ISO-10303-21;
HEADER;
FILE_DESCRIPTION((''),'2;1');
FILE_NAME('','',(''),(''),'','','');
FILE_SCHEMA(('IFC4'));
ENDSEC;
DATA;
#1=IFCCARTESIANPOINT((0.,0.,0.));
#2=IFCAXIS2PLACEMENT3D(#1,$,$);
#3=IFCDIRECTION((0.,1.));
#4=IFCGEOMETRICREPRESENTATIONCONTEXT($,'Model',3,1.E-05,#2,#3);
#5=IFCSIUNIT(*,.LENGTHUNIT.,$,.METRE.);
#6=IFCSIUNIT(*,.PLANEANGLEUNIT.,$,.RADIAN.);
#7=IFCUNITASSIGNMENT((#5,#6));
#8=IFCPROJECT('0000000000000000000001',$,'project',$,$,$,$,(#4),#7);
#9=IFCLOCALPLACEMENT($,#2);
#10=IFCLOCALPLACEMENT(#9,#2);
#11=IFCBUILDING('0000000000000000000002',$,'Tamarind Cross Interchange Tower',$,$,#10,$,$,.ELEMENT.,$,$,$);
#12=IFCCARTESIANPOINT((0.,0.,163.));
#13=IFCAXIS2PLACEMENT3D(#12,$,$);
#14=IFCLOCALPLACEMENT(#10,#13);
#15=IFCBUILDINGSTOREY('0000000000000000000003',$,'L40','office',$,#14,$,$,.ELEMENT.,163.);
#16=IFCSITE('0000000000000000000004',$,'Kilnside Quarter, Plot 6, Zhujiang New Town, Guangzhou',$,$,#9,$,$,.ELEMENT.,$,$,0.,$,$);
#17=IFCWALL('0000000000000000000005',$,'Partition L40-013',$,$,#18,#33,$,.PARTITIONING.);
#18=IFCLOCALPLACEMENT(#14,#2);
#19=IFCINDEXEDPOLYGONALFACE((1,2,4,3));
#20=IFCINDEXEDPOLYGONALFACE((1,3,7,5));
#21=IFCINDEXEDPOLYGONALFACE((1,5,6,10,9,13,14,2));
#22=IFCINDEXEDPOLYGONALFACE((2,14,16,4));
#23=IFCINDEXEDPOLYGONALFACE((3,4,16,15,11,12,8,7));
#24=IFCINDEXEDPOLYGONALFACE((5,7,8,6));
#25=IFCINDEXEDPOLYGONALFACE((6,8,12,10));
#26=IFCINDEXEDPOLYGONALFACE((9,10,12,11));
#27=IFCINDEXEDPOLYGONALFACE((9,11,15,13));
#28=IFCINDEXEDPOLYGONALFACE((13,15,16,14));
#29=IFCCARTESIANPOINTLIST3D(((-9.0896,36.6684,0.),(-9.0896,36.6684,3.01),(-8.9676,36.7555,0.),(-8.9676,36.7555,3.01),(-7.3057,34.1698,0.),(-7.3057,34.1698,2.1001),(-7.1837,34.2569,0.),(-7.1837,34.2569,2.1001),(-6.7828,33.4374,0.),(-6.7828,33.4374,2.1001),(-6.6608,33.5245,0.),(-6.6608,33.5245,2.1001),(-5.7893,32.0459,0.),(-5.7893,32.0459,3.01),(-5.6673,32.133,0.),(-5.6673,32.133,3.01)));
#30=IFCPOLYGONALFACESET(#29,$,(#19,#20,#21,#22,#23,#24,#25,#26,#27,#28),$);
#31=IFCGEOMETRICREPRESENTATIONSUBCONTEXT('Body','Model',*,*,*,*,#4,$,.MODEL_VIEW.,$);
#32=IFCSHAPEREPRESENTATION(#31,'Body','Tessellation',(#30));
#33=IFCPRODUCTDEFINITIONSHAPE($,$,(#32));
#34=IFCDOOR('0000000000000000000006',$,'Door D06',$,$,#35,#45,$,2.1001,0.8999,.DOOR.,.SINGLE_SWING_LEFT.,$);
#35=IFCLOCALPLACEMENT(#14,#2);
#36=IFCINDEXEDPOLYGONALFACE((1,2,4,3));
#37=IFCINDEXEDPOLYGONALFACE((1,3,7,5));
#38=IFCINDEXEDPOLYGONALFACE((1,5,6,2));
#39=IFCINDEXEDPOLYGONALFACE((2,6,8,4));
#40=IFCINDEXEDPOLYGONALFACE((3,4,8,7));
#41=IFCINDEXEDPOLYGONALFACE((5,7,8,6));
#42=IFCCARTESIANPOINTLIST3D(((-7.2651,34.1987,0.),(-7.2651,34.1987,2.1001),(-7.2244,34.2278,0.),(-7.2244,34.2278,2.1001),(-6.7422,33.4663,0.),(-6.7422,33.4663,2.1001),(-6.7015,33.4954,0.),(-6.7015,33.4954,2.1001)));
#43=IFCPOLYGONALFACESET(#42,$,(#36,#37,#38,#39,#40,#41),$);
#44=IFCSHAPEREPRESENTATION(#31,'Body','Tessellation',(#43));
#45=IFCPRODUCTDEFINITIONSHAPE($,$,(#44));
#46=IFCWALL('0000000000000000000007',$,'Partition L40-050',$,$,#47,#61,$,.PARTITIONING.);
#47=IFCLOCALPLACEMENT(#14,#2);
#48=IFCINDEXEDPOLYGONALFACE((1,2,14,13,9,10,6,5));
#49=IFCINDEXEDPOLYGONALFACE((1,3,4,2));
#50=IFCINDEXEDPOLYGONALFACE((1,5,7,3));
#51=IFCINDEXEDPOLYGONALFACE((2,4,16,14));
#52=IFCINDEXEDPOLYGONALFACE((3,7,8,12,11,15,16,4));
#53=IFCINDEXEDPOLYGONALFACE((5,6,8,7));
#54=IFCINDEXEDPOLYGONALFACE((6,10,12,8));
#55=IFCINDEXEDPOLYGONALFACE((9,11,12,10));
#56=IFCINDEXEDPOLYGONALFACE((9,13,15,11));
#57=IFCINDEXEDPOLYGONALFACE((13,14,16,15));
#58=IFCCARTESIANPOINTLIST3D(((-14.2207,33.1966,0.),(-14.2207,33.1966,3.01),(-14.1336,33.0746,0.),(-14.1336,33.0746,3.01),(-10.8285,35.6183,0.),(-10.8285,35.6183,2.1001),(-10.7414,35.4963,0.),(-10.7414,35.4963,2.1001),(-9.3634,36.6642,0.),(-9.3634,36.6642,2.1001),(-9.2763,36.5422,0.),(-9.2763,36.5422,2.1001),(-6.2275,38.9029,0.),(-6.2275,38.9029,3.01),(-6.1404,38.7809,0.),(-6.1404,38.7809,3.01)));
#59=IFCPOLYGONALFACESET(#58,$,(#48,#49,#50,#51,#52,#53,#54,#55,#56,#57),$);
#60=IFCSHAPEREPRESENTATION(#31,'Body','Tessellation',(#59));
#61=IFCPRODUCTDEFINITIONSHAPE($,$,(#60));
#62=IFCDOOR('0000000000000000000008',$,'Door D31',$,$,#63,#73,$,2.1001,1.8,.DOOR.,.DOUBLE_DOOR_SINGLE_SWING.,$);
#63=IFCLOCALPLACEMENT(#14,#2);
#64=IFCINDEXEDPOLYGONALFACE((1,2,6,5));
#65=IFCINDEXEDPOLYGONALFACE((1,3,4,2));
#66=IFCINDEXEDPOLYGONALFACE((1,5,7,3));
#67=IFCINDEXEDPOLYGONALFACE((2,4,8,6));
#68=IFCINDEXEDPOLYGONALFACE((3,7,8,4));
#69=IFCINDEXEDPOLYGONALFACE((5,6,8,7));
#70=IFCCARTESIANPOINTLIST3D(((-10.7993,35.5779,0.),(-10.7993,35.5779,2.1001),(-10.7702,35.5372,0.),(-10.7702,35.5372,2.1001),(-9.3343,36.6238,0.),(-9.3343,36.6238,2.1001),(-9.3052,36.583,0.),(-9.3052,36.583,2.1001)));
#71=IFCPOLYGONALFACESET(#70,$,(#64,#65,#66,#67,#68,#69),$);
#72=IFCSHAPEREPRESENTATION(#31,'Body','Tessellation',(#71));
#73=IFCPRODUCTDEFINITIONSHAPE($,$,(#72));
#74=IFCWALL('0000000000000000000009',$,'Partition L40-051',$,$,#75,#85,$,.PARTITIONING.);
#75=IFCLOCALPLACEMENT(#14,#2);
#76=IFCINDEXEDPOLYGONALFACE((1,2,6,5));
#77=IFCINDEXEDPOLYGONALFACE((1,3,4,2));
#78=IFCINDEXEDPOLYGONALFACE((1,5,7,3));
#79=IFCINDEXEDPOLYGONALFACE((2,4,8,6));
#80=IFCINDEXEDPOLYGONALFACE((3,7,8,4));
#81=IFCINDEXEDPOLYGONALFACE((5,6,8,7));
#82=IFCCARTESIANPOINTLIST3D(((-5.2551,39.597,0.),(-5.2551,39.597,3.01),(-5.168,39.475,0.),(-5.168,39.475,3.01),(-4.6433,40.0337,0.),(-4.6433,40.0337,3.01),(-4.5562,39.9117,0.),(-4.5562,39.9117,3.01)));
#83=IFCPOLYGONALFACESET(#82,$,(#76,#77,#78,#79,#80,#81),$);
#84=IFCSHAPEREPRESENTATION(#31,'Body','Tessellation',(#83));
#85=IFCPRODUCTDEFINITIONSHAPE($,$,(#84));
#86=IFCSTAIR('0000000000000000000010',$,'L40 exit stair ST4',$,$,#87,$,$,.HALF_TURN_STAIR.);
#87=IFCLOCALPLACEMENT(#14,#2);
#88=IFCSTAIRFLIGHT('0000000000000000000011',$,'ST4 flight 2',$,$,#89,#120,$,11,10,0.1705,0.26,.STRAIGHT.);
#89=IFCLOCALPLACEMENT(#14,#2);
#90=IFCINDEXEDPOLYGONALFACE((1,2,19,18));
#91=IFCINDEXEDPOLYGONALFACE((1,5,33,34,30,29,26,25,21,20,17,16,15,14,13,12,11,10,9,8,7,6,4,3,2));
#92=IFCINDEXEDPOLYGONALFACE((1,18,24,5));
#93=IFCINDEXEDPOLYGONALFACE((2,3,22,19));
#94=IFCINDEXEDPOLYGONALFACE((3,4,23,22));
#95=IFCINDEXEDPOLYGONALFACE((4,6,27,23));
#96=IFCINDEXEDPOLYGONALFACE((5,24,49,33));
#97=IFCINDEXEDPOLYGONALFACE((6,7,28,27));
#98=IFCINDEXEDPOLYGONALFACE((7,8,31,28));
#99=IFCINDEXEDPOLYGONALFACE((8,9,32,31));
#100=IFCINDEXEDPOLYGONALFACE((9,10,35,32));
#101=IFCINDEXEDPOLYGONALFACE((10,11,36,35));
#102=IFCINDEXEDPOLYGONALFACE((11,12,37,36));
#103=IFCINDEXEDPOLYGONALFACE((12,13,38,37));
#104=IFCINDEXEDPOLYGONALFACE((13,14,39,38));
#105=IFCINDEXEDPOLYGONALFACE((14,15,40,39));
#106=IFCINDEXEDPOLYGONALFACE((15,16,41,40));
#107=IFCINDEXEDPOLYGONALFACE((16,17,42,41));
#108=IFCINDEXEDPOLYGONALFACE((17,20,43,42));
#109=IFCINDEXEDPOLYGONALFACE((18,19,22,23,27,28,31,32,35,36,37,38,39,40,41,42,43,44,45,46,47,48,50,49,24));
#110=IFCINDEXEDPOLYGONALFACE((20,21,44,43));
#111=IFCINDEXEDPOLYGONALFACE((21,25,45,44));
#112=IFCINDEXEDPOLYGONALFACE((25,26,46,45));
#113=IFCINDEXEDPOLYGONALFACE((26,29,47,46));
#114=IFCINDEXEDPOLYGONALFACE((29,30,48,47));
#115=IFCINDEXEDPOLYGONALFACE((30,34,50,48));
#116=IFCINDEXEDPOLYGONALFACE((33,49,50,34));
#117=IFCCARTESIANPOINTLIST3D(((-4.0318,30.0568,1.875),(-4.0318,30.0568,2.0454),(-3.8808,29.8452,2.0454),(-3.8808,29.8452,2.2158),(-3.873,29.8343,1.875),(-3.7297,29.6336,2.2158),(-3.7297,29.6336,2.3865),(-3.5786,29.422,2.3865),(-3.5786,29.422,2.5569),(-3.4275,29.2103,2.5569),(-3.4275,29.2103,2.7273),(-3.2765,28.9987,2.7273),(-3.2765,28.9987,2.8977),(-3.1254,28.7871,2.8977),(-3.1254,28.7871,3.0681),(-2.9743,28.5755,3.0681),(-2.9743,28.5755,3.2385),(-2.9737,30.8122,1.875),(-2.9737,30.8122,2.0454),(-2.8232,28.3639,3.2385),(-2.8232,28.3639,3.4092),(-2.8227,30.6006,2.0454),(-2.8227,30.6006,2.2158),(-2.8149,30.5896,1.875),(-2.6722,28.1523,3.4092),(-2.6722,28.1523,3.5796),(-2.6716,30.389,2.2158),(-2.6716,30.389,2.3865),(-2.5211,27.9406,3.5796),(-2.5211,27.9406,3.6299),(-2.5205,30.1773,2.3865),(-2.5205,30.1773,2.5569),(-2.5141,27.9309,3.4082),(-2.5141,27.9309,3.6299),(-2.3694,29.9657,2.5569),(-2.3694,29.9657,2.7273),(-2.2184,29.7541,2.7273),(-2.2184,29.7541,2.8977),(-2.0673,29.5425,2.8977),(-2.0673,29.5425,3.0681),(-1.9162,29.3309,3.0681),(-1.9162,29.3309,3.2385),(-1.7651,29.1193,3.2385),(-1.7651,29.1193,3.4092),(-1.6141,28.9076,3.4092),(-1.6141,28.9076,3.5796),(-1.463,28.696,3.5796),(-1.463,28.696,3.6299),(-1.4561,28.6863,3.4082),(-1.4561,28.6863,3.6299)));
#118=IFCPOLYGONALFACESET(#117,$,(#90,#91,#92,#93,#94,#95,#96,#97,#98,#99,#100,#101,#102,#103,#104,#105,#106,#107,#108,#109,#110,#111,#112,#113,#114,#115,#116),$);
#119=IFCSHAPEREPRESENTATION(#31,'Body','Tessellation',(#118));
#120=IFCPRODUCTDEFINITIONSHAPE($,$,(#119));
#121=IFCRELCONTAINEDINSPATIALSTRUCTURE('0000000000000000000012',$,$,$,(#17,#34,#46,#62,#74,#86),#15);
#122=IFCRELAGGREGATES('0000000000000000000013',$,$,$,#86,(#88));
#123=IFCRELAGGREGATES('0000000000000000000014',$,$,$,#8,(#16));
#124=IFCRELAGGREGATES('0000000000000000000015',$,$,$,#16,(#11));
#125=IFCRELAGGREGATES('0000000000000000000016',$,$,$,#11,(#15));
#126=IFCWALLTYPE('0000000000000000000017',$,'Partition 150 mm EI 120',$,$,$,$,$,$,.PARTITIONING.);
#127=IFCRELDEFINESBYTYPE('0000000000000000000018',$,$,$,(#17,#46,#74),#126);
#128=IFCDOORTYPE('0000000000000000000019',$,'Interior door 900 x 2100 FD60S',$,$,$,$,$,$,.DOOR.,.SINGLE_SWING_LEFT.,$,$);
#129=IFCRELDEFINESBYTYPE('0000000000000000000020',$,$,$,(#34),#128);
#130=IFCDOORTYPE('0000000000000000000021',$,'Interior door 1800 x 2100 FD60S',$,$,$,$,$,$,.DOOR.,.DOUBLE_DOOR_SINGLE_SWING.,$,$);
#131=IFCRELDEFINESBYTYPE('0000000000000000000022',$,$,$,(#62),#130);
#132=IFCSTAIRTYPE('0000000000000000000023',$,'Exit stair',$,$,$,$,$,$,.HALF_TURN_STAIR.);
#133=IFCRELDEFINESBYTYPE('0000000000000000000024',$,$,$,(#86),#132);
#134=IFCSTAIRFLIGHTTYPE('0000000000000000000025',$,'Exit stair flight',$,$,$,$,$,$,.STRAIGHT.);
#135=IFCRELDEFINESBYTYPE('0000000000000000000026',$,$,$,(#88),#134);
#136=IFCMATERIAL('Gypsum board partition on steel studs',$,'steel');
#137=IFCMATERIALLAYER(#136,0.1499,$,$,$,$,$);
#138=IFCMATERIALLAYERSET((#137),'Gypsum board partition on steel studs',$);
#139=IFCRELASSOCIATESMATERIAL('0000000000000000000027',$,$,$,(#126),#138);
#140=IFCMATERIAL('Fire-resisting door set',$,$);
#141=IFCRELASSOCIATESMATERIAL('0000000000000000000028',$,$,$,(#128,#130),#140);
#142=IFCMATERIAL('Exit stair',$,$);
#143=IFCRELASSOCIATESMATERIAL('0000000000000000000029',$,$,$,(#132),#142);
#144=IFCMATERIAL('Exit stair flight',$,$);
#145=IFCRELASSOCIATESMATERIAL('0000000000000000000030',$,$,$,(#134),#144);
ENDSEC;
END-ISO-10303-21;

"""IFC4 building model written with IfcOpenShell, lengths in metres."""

from ifc_helpers import new_model, si_unit, direction, frame, frame_2d, origin, place, context, subcontext, project, spatial, polyline, rectangle, outline, extrude, material, layer, layer_set, type_object, element, fill, aggregate, save


model = new_model("IFC4")

# Units and contexts
model_context = context("Model", 3, precision=1e-05, world=origin(), true_north=direction((0.0, 1.0)))
body_context = subcontext(model_context, "Body", "Model", "MODEL_VIEW")
ifc_project = project(units=[si_unit("LENGTHUNIT", "METRE"), si_unit("PLANEANGLEUNIT", "RADIAN")], contexts=[model_context])

# Site, building, storey
site_placement = place(None, origin())
site = spatial("IfcSite", under=ifc_project, at=site_placement, Name="Kilnside Quarter, Plot 6, Zhujiang New Town, Guangzhou", CompositionType="ELEMENT", RefElevation=0.0)
building_placement = place(site_placement, origin())
building = spatial("IfcBuilding", under=site, at=building_placement, Name="Tamarind Cross Interchange Tower", CompositionType="ELEMENT")
storey_placement = place(building_placement, frame((0.0, 0.0, 163.0)))
storey = spatial("IfcBuildingStorey", under=building, at=storey_placement, Name="L40", Description="office", CompositionType="ELEMENT", Elevation=163.0)

# Shared definitions
ifc_material_1 = material(Name="Gypsum board partition on steel studs", Category="steel")

# Shared definitions
ifc_layer_1 = layer(ifc_material_1, 0.1499)
ifc_layer_set_1 = layer_set([ifc_layer_1], Name="Gypsum board partition on steel studs")
wall_type_1 = type_object("IfcWallType", Name="Partition 150 mm EI 120", PredefinedType="PARTITIONING", material=ifc_layer_set_1)
ifc_material_2 = material(Name="Fire-resisting door set")
door_type_1 = type_object("IfcDoorType", Name="Interior door 900 x 2100 FD60S", OperationType="SINGLE_SWING_LEFT", PredefinedType="DOOR", material=ifc_material_2)

# Walls, openings, doors
wall_1_placement = place(storey_placement, frame((-9.0286, 36.7119, 0.0), z_axis=(0.0, 0.0, 1.0), x_axis=(0.581059, -0.813861, 0.0)))
wall_1 = element("IfcWall", 1, at=wall_1_placement, inside=storey, type_object=wall_type_1, Name="Partition L40-013", PredefinedType="PARTITIONING", context=body_context, shape_type="SweptSolid", body=[
    extrude(rectangle(XDim=5.6797, YDim=0.1499, at=frame_2d((2.8398, 0.0))), origin(), (0.0, 0.0, 1.0), 3.01),
])
opening_1_placement = place(wall_1_placement, frame((3.0701, 0.0, 0.0)))
opening_1 = element("IfcOpeningElement", 2, at=opening_1_placement, cuts=wall_1, PredefinedType="OPENING", context=body_context, shape_type="SweptSolid", body=[
    extrude(rectangle(XDim=0.8999, YDim=2.1001, at=frame_2d((0.45, 1.05))), frame((0.0, 0.085, 0.0), z_axis=(0.0, -1.0, 0.0), x_axis=(1.0, 0.0, 0.0)), (0.0, 0.0, 1.0), 0.1699),
])
door_1_placement = place(opening_1_placement, origin())
door_1 = element("IfcDoor", 3, at=door_1_placement, inside=storey, type_object=door_type_1, Name="Door D06", OperationType="SINGLE_SWING_LEFT", OverallHeight=2.1001, OverallWidth=0.8999, PredefinedType="DOOR", context=body_context, shape_type="SweptSolid", body=[
    extrude(rectangle(XDim=0.8999, YDim=2.1001, at=frame_2d((0.45, 1.05))), frame((0.0, 0.0249, 0.0), z_axis=(0.0, -1.0, 0.0), x_axis=(1.0, 0.0, 0.0)), (0.0, 0.0, 1.0), 0.05),
])
fill(opening_1, door_1)
wall_2_placement = place(storey_placement, frame((-14.1772, 33.1355, 0.0), z_axis=(0.0, 0.0, 1.0), x_axis=(0.813883, 0.581029, 0.0)))
wall_2 = element("IfcWall", 4, at=wall_2_placement, inside=storey, type_object=wall_type_1, Name="Partition L40-050", PredefinedType="PARTITIONING", context=body_context, shape_type="SweptSolid", body=[
    extrude(rectangle(XDim=9.821, YDim=0.1499, at=frame_2d((4.9106, 0.0))), origin(), (0.0, 0.0, 1.0), 3.01),
])
opening_2_placement = place(wall_2_placement, frame((4.1682, 0.0, 0.0)))
opening_2 = element("IfcOpeningElement", 5, at=opening_2_placement, cuts=wall_2, PredefinedType="OPENING", context=body_context, shape_type="SweptSolid", body=[
    extrude(rectangle(XDim=1.8, YDim=2.1001, at=frame_2d((0.8999, 1.05))), frame((0.0, 0.085, 0.0), z_axis=(0.0, -1.0, 0.0), x_axis=(1.0, 0.0, 0.0)), (0.0, 0.0, 1.0), 0.1699),
])
door_type_2 = type_object("IfcDoorType", Name="Interior door 1800 x 2100 FD60S", OperationType="DOUBLE_DOOR_SINGLE_SWING", PredefinedType="DOOR", material=ifc_material_2)
door_2_placement = place(opening_2_placement, frame((1.8, 0.0, 0.0), z_axis=(0.0, 0.0, 1.0), x_axis=(-1.0, 0.0, 0.0)))
door_2 = element("IfcDoor", 6, at=door_2_placement, inside=storey, type_object=door_type_2, Name="Door D31", OperationType="DOUBLE_DOOR_SINGLE_SWING", OverallHeight=2.1001, OverallWidth=1.8, PredefinedType="DOOR", context=body_context, shape_type="SweptSolid", body=[
    extrude(rectangle(XDim=1.8, YDim=2.1001, at=frame_2d((0.8999, 1.05))), frame((0.0, 0.0249, 0.0), z_axis=(0.0, -1.0, 0.0), x_axis=(1.0, 0.0, 0.0)), (0.0, 0.0, 1.0), 0.05),
])
fill(opening_2, door_2)

# Wall
wall_3_placement = place(storey_placement, frame((-5.2117, 39.5359, 0.0), z_axis=(0.0, 0.0, 1.0), x_axis=(0.813887, 0.581023, 0.0)))
element("IfcWall", 7, at=wall_3_placement, inside=storey, type_object=wall_type_1, Name="Partition L40-051", PredefinedType="PARTITIONING", context=body_context, shape_type="SweptSolid", body=[
    extrude(rectangle(XDim=0.7517, YDim=0.1499, at=frame_2d((0.376, 0.0))), origin(), (0.0, 0.0, 1.0), 3.01),
])

# Stair, stair flight
ifc_material_3 = material(Name="Exit stair")
stair_type = type_object("IfcStairType", Name="Exit stair", PredefinedType="HALF_TURN_STAIR", material=ifc_material_3)
stair_placement = place(storey_placement, origin())
stair = element("IfcStair", 8, at=stair_placement, inside=storey, type_object=stair_type, Name="L40 exit stair ST4", PredefinedType="HALF_TURN_STAIR")
ifc_material_4 = material(Name="Exit stair flight")
stair_flight_type = type_object("IfcStairFlightType", Name="Exit stair flight", PredefinedType="STRAIGHT", material=ifc_material_4)
stair_flight_placement = place(storey_placement, frame((-3.5027, 30.4346, 1.875), z_axis=(0.0, 0.0, 1.0), x_axis=(0.581033, -0.81388, 0.0)))
stair_flight = element("IfcStairFlight", 9, at=stair_flight_placement, type_object=stair_flight_type, Name="ST4 flight 2", NumberOfRisers=11, NumberOfTreads=10, PredefinedType="STRAIGHT", RiserHeight=0.1705, TreadLength=0.26, context=body_context, shape_type="SweptSolid", body=[
    extrude(outline(polyline([(0.0, 0.0), (0.0, 0.1704), (0.26, 0.1704), (0.26, 0.3408), (0.52, 0.3408), (0.52, 0.5115), (0.78, 0.5115), (0.78, 0.6819), (1.04, 0.6819), (1.04, 0.8523), (1.3, 0.8523), (1.3, 1.0227), (1.5601, 1.0227), (1.5601, 1.1931), (1.8201, 1.1931), (1.8201, 1.3635), (2.0801, 1.3635), (2.0801, 1.5342), (2.3401, 1.5342), (2.3401, 1.7046), (2.6001, 1.7046), (2.6001, 1.7549), (2.6121, 1.7549), (2.6121, 1.5332), (0.2734, 0.0), (0.0, 0.0)])), frame((0.0, 0.6499, 0.0), z_axis=(0.0, -1.0, 0.0), x_axis=(1.0, 0.0, 0.0)), (0.0, 0.0, 1.0), 1.3),
])
aggregate(stair, [stair_flight])

save(model, "model.ifc")
